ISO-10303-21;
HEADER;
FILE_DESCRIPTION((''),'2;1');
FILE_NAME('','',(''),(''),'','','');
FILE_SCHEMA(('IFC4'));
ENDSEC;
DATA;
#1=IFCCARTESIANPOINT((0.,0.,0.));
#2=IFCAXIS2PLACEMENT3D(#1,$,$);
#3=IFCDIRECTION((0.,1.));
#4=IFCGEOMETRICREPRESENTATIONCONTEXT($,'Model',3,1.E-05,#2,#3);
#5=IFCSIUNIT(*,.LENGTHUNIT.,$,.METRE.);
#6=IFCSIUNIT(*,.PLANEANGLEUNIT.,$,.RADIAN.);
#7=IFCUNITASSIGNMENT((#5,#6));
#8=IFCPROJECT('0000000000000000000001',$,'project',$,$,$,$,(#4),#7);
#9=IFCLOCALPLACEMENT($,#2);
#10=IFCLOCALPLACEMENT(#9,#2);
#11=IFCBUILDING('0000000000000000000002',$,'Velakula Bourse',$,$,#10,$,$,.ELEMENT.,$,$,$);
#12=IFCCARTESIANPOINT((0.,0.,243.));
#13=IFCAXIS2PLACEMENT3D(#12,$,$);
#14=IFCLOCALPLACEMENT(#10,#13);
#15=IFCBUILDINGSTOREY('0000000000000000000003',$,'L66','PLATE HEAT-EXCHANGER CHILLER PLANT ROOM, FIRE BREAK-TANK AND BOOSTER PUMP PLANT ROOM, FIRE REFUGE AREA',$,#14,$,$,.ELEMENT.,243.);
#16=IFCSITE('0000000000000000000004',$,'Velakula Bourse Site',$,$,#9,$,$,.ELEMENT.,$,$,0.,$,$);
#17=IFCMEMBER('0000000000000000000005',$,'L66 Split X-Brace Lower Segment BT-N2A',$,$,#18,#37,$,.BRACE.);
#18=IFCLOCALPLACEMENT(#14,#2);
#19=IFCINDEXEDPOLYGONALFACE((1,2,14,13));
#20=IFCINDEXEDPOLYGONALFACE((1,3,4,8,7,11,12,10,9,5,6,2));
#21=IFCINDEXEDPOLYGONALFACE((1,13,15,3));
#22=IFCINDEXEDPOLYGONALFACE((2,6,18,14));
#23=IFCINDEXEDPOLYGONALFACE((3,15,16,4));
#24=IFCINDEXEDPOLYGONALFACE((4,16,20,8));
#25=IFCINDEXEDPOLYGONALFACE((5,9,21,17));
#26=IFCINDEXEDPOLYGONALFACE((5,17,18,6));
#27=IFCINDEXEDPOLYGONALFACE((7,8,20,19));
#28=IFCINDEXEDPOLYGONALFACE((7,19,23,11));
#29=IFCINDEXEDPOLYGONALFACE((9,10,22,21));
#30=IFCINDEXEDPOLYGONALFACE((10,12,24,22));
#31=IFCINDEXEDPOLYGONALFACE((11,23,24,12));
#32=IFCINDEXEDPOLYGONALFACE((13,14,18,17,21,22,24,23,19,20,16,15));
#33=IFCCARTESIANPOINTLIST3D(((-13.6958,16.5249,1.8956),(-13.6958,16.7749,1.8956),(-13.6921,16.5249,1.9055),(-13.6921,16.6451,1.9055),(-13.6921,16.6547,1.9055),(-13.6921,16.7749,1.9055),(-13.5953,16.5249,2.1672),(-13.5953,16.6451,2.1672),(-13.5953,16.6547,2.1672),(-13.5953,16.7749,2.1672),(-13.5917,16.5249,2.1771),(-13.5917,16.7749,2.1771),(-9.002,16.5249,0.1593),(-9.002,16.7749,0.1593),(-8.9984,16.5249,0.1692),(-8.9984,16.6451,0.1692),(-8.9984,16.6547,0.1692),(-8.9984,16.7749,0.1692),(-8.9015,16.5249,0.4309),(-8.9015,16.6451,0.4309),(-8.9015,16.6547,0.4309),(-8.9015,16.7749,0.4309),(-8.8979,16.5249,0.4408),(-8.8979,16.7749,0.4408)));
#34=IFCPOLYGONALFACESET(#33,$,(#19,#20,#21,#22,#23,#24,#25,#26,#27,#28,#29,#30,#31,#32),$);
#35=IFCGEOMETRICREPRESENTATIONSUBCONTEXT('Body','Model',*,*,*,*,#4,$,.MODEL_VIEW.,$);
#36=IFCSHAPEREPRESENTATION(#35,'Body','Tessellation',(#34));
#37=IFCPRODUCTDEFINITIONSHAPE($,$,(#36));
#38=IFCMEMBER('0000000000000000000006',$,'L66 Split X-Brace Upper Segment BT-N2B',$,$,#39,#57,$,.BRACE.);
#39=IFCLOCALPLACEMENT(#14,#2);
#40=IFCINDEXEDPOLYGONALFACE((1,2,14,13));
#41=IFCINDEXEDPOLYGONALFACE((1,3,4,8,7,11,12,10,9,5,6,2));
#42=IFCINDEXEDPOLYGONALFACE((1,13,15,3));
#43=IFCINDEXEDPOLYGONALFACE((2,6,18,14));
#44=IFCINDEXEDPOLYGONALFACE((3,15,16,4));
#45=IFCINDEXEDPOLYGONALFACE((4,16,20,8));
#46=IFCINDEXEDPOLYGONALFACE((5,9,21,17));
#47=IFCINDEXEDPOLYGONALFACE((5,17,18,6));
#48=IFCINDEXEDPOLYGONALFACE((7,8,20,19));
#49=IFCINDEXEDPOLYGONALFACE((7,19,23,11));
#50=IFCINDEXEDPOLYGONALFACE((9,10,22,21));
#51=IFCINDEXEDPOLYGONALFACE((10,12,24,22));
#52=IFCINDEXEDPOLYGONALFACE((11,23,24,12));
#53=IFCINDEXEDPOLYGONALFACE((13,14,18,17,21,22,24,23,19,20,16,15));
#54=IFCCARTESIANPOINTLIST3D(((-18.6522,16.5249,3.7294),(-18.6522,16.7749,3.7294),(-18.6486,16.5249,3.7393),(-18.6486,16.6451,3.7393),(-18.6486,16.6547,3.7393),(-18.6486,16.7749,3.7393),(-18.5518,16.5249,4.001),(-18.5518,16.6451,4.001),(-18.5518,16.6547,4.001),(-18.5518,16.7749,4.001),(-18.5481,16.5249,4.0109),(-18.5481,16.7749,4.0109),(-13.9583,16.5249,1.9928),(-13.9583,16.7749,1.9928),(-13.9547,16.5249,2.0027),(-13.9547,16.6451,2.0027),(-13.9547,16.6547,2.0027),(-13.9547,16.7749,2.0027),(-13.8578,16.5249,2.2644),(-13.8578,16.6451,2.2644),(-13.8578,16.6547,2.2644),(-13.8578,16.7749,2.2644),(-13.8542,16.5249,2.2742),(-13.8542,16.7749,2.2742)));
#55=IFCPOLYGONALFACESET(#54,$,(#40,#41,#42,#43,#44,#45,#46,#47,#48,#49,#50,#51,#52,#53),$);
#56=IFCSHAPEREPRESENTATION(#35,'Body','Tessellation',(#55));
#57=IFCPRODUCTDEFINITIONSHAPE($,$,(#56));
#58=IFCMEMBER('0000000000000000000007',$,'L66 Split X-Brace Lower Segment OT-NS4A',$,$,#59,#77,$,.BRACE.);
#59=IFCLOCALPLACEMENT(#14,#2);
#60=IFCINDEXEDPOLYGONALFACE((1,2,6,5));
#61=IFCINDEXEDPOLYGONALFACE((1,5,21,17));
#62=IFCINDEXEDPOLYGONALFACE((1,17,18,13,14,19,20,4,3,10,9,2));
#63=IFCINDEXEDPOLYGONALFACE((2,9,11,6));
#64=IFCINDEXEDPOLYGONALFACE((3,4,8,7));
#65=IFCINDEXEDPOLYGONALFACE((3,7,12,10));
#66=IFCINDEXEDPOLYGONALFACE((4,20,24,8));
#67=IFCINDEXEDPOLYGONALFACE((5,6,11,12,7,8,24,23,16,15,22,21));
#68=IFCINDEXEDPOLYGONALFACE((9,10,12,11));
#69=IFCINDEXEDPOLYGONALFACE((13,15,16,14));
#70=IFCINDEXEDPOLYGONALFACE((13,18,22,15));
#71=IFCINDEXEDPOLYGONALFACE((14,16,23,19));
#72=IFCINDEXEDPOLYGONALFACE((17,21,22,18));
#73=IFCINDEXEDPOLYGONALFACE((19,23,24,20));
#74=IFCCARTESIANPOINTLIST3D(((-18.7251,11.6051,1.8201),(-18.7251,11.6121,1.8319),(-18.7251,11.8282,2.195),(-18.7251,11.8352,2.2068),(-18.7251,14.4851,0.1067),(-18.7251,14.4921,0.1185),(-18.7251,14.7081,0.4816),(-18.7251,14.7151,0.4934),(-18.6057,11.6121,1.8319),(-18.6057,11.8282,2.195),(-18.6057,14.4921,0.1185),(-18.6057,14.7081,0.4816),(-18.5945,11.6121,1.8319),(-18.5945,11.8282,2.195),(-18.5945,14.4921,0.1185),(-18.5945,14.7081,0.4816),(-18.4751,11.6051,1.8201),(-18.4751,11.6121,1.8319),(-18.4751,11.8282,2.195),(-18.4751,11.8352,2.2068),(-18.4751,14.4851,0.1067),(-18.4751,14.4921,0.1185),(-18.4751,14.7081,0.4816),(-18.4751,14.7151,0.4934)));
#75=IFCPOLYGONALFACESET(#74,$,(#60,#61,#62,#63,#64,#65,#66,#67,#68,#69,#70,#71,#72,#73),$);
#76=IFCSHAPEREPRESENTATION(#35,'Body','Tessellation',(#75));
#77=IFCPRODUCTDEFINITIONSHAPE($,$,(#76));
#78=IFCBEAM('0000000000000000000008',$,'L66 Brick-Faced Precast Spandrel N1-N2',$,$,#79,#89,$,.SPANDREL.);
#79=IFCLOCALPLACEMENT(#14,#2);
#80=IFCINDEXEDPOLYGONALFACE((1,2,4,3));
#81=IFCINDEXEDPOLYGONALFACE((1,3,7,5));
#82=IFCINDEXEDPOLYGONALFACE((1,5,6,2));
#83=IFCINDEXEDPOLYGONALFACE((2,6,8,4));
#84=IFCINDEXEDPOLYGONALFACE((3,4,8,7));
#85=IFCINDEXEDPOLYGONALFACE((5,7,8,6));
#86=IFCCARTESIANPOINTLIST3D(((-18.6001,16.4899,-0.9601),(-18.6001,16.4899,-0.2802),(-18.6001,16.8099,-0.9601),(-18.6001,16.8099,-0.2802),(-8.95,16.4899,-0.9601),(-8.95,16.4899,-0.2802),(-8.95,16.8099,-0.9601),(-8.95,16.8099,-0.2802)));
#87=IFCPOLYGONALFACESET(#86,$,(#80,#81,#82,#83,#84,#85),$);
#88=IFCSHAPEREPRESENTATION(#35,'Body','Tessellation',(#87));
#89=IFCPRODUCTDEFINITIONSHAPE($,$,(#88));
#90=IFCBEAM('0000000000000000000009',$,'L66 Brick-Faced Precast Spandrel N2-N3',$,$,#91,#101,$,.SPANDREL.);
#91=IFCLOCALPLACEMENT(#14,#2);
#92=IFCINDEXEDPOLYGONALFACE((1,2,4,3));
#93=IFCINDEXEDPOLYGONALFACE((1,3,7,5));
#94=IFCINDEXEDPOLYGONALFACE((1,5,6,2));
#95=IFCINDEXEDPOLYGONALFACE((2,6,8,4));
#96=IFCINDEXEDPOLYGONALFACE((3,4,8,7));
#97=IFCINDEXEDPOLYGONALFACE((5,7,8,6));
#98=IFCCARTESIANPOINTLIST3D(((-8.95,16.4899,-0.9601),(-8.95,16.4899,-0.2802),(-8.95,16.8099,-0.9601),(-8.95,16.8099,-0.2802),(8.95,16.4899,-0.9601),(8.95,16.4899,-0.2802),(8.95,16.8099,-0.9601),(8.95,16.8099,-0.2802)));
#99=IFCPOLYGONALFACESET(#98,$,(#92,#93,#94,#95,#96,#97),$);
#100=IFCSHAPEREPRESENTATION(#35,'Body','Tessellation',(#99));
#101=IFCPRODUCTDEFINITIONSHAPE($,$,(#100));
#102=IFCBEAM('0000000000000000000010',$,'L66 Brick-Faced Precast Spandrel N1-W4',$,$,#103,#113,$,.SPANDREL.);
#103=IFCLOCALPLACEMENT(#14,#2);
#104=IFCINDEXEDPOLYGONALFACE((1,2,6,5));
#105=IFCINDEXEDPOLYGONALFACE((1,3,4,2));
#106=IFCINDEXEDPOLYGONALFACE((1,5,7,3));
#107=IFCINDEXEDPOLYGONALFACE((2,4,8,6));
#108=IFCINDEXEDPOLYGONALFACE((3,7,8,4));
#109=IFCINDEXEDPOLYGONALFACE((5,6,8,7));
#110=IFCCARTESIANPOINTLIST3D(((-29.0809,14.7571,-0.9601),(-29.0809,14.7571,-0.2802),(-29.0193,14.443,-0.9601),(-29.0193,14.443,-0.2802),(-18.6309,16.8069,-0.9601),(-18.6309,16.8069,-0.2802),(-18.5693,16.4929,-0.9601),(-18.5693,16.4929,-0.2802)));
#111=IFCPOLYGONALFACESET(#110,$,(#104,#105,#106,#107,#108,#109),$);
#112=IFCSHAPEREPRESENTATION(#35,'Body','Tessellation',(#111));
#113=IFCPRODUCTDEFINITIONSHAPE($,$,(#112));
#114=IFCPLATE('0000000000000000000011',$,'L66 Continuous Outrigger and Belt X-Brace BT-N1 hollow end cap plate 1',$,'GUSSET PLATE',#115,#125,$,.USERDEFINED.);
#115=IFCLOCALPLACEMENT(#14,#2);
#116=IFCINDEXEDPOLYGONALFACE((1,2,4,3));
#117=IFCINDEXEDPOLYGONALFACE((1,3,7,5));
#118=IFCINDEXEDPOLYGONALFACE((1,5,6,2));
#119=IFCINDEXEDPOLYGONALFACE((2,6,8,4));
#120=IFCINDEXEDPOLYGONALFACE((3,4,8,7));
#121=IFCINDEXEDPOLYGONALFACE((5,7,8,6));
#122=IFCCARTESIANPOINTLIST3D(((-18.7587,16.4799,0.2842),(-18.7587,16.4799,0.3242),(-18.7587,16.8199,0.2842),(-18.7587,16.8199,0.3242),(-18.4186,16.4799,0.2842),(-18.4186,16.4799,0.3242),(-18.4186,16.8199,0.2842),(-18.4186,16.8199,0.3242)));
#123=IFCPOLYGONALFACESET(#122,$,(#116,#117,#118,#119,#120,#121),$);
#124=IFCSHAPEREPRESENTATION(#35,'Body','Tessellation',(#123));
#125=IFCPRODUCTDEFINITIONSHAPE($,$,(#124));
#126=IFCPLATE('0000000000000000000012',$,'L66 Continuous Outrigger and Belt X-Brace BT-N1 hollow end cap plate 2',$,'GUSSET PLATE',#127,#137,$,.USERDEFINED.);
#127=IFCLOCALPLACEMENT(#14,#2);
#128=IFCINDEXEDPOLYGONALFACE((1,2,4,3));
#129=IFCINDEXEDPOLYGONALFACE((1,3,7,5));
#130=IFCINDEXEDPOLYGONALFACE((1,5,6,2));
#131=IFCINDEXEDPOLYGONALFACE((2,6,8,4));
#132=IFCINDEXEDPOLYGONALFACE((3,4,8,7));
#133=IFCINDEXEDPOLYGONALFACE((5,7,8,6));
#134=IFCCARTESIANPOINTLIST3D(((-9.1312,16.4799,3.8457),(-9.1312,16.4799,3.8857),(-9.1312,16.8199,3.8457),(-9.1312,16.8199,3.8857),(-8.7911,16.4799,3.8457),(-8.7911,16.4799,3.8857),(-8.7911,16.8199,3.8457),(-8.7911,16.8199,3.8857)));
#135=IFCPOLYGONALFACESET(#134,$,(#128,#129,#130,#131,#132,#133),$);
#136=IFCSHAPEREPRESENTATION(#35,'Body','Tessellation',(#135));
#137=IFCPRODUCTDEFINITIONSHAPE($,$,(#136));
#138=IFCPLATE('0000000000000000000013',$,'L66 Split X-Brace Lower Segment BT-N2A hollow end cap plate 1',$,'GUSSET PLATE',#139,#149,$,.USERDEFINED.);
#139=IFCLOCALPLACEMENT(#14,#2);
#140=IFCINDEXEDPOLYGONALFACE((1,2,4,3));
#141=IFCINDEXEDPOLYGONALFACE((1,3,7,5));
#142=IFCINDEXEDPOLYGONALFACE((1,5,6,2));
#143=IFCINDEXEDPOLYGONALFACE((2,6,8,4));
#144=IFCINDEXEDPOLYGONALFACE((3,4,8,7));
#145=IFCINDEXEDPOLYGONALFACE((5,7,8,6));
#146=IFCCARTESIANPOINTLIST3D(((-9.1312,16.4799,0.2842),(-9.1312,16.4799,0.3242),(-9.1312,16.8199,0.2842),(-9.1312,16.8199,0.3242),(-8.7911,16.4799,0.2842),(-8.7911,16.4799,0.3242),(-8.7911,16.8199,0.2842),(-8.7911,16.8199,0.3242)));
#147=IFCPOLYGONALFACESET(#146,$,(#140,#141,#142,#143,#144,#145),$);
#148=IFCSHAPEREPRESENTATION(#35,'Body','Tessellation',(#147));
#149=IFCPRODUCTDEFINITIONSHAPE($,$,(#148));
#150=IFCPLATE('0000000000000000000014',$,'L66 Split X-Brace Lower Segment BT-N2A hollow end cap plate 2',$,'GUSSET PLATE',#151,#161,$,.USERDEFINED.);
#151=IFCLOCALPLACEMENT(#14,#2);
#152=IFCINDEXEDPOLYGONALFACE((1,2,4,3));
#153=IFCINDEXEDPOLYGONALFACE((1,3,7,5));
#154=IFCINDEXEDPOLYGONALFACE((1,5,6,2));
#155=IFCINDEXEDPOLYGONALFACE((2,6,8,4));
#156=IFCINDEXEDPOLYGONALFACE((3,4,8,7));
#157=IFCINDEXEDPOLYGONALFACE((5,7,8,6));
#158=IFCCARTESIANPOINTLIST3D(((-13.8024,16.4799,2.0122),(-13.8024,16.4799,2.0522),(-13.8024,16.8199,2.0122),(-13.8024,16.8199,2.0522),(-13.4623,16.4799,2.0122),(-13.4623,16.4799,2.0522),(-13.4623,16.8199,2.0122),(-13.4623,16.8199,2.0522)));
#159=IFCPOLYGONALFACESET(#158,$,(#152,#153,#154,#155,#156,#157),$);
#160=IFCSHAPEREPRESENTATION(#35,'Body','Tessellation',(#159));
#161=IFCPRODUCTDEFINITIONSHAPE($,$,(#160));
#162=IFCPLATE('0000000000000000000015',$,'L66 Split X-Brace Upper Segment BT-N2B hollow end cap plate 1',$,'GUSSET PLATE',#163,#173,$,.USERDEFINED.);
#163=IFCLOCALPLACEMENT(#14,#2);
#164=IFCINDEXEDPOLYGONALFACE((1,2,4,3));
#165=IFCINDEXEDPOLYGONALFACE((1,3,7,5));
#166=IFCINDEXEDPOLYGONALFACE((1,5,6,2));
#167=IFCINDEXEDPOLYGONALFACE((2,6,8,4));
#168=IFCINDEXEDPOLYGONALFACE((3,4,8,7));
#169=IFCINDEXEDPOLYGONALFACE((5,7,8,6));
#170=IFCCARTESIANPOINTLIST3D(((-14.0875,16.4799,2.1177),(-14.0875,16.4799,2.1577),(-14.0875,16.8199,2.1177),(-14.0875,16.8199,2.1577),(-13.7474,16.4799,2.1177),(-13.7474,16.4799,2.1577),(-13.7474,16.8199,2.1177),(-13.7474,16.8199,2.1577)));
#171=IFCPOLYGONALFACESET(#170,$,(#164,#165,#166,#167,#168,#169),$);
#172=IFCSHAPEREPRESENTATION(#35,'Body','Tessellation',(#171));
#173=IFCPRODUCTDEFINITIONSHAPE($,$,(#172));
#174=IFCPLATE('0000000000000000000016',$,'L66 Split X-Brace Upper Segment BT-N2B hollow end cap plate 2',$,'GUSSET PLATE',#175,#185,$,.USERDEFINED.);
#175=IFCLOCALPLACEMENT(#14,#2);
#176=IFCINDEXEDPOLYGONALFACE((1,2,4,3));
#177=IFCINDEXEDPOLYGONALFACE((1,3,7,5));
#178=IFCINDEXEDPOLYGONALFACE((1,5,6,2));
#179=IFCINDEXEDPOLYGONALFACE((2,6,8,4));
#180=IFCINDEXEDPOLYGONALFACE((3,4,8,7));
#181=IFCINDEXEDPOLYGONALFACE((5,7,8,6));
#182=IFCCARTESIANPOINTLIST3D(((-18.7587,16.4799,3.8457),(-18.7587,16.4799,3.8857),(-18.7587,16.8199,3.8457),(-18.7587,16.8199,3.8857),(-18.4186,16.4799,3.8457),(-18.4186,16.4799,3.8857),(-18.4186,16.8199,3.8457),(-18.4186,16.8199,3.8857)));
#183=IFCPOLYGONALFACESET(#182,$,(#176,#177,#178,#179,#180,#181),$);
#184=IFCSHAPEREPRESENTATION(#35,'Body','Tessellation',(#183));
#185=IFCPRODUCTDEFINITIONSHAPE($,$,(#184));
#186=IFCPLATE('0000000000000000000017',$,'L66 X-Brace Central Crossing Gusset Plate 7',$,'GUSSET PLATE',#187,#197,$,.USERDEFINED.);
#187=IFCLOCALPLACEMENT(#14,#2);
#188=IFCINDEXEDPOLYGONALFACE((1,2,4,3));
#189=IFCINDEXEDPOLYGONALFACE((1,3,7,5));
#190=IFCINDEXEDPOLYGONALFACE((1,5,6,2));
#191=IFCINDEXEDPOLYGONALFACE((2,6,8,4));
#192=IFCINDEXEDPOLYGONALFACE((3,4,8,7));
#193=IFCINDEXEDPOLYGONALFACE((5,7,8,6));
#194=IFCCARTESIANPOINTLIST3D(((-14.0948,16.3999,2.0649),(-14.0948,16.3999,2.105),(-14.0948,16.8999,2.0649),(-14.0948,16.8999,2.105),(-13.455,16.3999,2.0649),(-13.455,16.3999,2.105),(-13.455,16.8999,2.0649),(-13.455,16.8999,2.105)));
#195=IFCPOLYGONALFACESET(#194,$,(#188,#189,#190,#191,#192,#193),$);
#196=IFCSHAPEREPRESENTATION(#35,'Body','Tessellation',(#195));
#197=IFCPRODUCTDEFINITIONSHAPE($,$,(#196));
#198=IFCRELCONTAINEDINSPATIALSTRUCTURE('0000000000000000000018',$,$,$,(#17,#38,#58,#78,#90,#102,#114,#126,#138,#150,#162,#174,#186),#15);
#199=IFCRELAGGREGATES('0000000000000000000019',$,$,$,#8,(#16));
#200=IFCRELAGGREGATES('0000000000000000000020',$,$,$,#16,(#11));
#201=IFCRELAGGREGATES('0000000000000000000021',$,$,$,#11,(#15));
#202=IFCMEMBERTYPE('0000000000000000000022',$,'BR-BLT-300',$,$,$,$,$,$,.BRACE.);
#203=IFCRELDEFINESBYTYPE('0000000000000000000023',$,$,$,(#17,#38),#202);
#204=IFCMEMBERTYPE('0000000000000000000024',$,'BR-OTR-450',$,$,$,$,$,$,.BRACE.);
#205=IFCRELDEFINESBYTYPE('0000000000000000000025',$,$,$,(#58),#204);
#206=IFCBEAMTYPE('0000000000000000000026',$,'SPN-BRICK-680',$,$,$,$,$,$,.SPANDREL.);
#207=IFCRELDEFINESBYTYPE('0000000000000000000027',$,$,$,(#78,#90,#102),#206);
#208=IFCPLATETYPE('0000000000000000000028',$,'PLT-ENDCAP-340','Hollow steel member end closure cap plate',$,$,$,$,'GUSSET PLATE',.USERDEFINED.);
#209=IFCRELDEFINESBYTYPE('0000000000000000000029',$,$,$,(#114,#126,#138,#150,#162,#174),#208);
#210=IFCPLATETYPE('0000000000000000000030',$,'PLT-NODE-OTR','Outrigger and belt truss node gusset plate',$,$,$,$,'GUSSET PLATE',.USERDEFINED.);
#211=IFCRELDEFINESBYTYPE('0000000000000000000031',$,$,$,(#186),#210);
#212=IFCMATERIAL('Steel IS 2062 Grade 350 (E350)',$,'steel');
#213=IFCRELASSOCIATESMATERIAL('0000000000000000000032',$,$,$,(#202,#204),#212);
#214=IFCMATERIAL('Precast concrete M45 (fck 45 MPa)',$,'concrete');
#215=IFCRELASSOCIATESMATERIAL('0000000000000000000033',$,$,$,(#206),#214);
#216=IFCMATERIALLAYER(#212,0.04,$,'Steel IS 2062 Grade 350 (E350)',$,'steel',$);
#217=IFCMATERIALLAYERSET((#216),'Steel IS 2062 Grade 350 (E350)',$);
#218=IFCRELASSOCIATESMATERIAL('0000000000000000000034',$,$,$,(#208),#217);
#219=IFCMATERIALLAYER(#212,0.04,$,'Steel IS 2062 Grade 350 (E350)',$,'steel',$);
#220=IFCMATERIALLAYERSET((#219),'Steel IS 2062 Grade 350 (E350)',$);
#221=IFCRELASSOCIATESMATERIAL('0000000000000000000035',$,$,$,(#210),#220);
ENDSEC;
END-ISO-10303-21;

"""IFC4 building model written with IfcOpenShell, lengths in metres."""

from ifc_helpers import new_model, si_unit, direction, frame, origin, origin_2d, place, context, subcontext, project, spatial, rectangle, i_section, extrude, material, layer, layer_set, material_profile, profile_set, type_object, element, save


model = new_model("IFC4")

# Units and contexts
model_context = context("Model", 3, precision=1e-05, world=origin(), true_north=direction((0.0, 1.0)))
body_context = subcontext(model_context, "Body", "Model", "MODEL_VIEW")
ifc_project = project(units=[si_unit("LENGTHUNIT", "METRE"), si_unit("PLANEANGLEUNIT", "RADIAN")], contexts=[model_context])

# Site, building, storey
site_placement = place(None, origin())
site = spatial("IfcSite", under=ifc_project, at=site_placement, Name="Velakula Bourse Site", CompositionType="ELEMENT", RefElevation=0.0)
building_placement = place(site_placement, origin())
building = spatial("IfcBuilding", under=site, at=building_placement, Name="Velakula Bourse", CompositionType="ELEMENT")
storey_placement = place(building_placement, frame((0.0, 0.0, 243.0)))
storey = spatial("IfcBuildingStorey", under=building, at=storey_placement, Name="L66", Description="PLATE HEAT-EXCHANGER CHILLER PLANT ROOM, FIRE BREAK-TANK AND BOOSTER PUMP PLANT ROOM, FIRE REFUGE AREA", CompositionType="ELEMENT", Elevation=243.0)

# Shared definitions
ifc_material_1 = material(Name="Steel IS 2062 Grade 350 (E350)", Category="steel")

# Members
ifc_material_profile_1 = material_profile(ifc_material_1, i_section(OverallWidth=0.25, OverallDepth=0.3, WebThickness=0.0095, FlangeThickness=0.0105, at=origin_2d()), Name="Steel IS 2062 Grade 350 (E350)")
ifc_profile_set_1 = profile_set([ifc_material_profile_1], Name="Steel IS 2062 Grade 350 (E350)")
member_type_1 = type_object("IfcMemberType", Name="BR-BLT-300", PredefinedType="BRACE", material=ifc_profile_set_1)
member_1_placement = place(storey_placement, frame((-8.95, 16.6499, 0.3), z_axis=(-0.937888, 0.0, 0.346939), x_axis=(0.0, -1.0, 0.0)))
element("IfcMember", 1, at=member_1_placement, inside=storey, type_object=member_type_1, Name="L66 Split X-Brace Lower Segment BT-N2A", PredefinedType="BRACE", context=body_context, shape_type="SweptSolid", body=[
    extrude(i_section(OverallWidth=0.25, OverallDepth=0.3, WebThickness=0.0095, FlangeThickness=0.0105, at=origin_2d()), origin(), (0.0, 0.0, 1.0), 5.0046),
])
member_2_placement = place(storey_placement, frame((-13.9062, 16.6499, 2.1335), z_axis=(-0.937872, 0.0, 0.346982), x_axis=(0.0, -1.0, 0.0)))
element("IfcMember", 2, at=member_2_placement, inside=storey, type_object=member_type_1, Name="L66 Split X-Brace Upper Segment BT-N2B", PredefinedType="BRACE", context=body_context, shape_type="SweptSolid", body=[
    extrude(i_section(OverallWidth=0.25, OverallDepth=0.3, WebThickness=0.0095, FlangeThickness=0.0105, at=origin_2d()), origin(), (0.0, 0.0, 1.0), 5.0049),
])
ifc_material_profile_2 = material_profile(ifc_material_1, i_section(OverallWidth=0.25, OverallDepth=0.45, WebThickness=0.0112, FlangeThickness=0.0137, at=origin_2d()), Name="Steel IS 2062 Grade 350 (E350)")
ifc_profile_set_2 = profile_set([ifc_material_profile_2], Name="Steel IS 2062 Grade 350 (E350)")
member_type_2 = type_object("IfcMemberType", Name="BR-OTR-450", PredefinedType="BRACE", material=ifc_profile_set_2)
member_3_placement = place(storey_placement, frame((-18.6001, 14.6001, 0.3), z_axis=(0.0, -0.859403, 0.511299), x_axis=(1.0, 0.0, 0.0)))
element("IfcMember", 3, at=member_3_placement, inside=storey, type_object=member_type_2, Name="L66 Split X-Brace Lower Segment OT-NS4A", PredefinedType="BRACE", context=body_context, shape_type="SweptSolid", body=[
    extrude(i_section(OverallWidth=0.25, OverallDepth=0.45, WebThickness=0.0112, FlangeThickness=0.0137, at=origin_2d()), origin(), (0.0, 0.0, 1.0), 3.3511),
])

# Beams
ifc_material_2 = material(Name="Precast concrete M45 (fck 45 MPa)", Category="concrete")
ifc_material_profile_3 = material_profile(ifc_material_2, rectangle(XDim=0.3201, YDim=0.6799, at=origin_2d()), Name="Precast concrete M45 (fck 45 MPa)")
ifc_profile_set_3 = profile_set([ifc_material_profile_3], Name="Precast concrete M45 (fck 45 MPa)")
beam_type_1 = type_object("IfcBeamType", Name="SPN-BRICK-680", PredefinedType="SPANDREL", material=ifc_profile_set_3)
beam_1_placement = place(storey_placement, frame((-18.6001, 16.6499, -0.6201), z_axis=(1.0, 0.0, 0.0), x_axis=(0.0, 1.0, 0.0)))
element("IfcBeam", 4, at=beam_1_placement, inside=storey, type_object=beam_type_1, Name="L66 Brick-Faced Precast Spandrel N1-N2", PredefinedType="SPANDREL", context=body_context, shape_type="SweptSolid", body=[
    extrude(rectangle(XDim=0.3201, YDim=0.6799, at=origin_2d()), origin(), (0.0, 0.0, 1.0), 9.6501),
])
beam_2_placement = place(storey_placement, frame((-8.95, 16.6499, -0.6201), z_axis=(1.0, 0.0, 0.0), x_axis=(0.0, 1.0, 0.0)))
element("IfcBeam", 5, at=beam_2_placement, inside=storey, type_object=beam_type_1, Name="L66 Brick-Faced Precast Spandrel N2-N3", PredefinedType="SPANDREL", context=body_context, shape_type="SweptSolid", body=[
    extrude(rectangle(XDim=0.3201, YDim=0.6799, at=origin_2d()), origin(), (0.0, 0.0, 1.0), 17.8999),
])
beam_3_placement = place(storey_placement, frame((-18.6001, 16.6499, -0.6201), z_axis=(-0.9813, -0.192486, 0.0), x_axis=(0.192486, -0.9813, 0.0)))
element("IfcBeam", 6, at=beam_3_placement, inside=storey, type_object=beam_type_1, Name="L66 Brick-Faced Precast Spandrel N1-W4", PredefinedType="SPANDREL", context=body_context, shape_type="SweptSolid", body=[
    extrude(rectangle(XDim=0.3201, YDim=0.6799, at=origin_2d()), origin(), (0.0, 0.0, 1.0), 10.6492),
])

# Plates
ifc_layer_1 = layer(ifc_material_1, 0.04, Name="Steel IS 2062 Grade 350 (E350)", Category="steel")
ifc_layer_set_1 = layer_set([ifc_layer_1], Name="Steel IS 2062 Grade 350 (E350)")
plate_type_1 = type_object("IfcPlateType", Name="PLT-ENDCAP-340", Description="Hollow steel member end closure cap plate", ElementType="GUSSET PLATE", PredefinedType="USERDEFINED", material=ifc_layer_set_1)
for number, where, z_axis, x_axis, name in (
    (7, (-18.5886, 16.6499, 0.2842), (0.0, 0.0, 1.0), (1.0, 0.0, 0.0), "L66 Continuous Outrigger and Belt X-Brace BT-N1 hollow end cap plate 1"),
    (8, (-8.9612, 16.6499, 3.8457), (0.0, 0.0, 1.0), (1.0, 0.0, 0.0), "L66 Continuous Outrigger and Belt X-Brace BT-N1 hollow end cap plate 2"),
    (9, (-8.9612, 16.6499, 0.2842), (0.0, 0.0, 1.0), (-1.0, 0.0, 0.0), "L66 Split X-Brace Lower Segment BT-N2A hollow end cap plate 1"),
    (10, (-13.6323, 16.6499, 2.0122), (0.0, 0.0, 1.0), (-1.0, 0.0, 0.0), "L66 Split X-Brace Lower Segment BT-N2A hollow end cap plate 2"),
    (11, (-13.9175, 16.6499, 2.1177), (0.0, 0.0, 1.0), (-1.0, 0.0, 0.0), "L66 Split X-Brace Upper Segment BT-N2B hollow end cap plate 1"),
    (12, (-18.5886, 16.6499, 3.8457), (0.0, 0.0, 1.0), (-1.0, 0.0, 0.0), "L66 Split X-Brace Upper Segment BT-N2B hollow end cap plate 2"),
):
    element("IfcPlate", number, at=place(storey_placement, frame(where, z_axis=z_axis, x_axis=x_axis)), inside=storey, type_object=plate_type_1, Name=name, ObjectType="GUSSET PLATE", PredefinedType="USERDEFINED", context=body_context, shape_type="SweptSolid", body=[
        extrude(rectangle(XDim=0.3401, YDim=0.3401, at=origin_2d()), origin(), (0.0, 0.0, 1.0), 0.04),
    ])
ifc_layer_2 = layer(ifc_material_1, 0.04, Name="Steel IS 2062 Grade 350 (E350)", Category="steel")
ifc_layer_set_2 = layer_set([ifc_layer_2], Name="Steel IS 2062 Grade 350 (E350)")
plate_type_2 = type_object("IfcPlateType", Name="PLT-NODE-OTR", Description="Outrigger and belt truss node gusset plate", ElementType="GUSSET PLATE", PredefinedType="USERDEFINED", material=ifc_layer_set_2)
plate_placement = place(storey_placement, frame((-13.7749, 16.6499, 2.0649), z_axis=(0.0, 0.0, 1.0), x_axis=(1.0, 0.0, 0.0)))
element("IfcPlate", 13, at=plate_placement, inside=storey, type_object=plate_type_2, Name="L66 X-Brace Central Crossing Gusset Plate 7", ObjectType="GUSSET PLATE", PredefinedType="USERDEFINED", context=body_context, shape_type="SweptSolid", body=[
    extrude(rectangle(XDim=0.6399, YDim=0.5, at=origin_2d()), origin(), (0.0, 0.0, 1.0), 0.04),
])

save(model, "model.ifc")
